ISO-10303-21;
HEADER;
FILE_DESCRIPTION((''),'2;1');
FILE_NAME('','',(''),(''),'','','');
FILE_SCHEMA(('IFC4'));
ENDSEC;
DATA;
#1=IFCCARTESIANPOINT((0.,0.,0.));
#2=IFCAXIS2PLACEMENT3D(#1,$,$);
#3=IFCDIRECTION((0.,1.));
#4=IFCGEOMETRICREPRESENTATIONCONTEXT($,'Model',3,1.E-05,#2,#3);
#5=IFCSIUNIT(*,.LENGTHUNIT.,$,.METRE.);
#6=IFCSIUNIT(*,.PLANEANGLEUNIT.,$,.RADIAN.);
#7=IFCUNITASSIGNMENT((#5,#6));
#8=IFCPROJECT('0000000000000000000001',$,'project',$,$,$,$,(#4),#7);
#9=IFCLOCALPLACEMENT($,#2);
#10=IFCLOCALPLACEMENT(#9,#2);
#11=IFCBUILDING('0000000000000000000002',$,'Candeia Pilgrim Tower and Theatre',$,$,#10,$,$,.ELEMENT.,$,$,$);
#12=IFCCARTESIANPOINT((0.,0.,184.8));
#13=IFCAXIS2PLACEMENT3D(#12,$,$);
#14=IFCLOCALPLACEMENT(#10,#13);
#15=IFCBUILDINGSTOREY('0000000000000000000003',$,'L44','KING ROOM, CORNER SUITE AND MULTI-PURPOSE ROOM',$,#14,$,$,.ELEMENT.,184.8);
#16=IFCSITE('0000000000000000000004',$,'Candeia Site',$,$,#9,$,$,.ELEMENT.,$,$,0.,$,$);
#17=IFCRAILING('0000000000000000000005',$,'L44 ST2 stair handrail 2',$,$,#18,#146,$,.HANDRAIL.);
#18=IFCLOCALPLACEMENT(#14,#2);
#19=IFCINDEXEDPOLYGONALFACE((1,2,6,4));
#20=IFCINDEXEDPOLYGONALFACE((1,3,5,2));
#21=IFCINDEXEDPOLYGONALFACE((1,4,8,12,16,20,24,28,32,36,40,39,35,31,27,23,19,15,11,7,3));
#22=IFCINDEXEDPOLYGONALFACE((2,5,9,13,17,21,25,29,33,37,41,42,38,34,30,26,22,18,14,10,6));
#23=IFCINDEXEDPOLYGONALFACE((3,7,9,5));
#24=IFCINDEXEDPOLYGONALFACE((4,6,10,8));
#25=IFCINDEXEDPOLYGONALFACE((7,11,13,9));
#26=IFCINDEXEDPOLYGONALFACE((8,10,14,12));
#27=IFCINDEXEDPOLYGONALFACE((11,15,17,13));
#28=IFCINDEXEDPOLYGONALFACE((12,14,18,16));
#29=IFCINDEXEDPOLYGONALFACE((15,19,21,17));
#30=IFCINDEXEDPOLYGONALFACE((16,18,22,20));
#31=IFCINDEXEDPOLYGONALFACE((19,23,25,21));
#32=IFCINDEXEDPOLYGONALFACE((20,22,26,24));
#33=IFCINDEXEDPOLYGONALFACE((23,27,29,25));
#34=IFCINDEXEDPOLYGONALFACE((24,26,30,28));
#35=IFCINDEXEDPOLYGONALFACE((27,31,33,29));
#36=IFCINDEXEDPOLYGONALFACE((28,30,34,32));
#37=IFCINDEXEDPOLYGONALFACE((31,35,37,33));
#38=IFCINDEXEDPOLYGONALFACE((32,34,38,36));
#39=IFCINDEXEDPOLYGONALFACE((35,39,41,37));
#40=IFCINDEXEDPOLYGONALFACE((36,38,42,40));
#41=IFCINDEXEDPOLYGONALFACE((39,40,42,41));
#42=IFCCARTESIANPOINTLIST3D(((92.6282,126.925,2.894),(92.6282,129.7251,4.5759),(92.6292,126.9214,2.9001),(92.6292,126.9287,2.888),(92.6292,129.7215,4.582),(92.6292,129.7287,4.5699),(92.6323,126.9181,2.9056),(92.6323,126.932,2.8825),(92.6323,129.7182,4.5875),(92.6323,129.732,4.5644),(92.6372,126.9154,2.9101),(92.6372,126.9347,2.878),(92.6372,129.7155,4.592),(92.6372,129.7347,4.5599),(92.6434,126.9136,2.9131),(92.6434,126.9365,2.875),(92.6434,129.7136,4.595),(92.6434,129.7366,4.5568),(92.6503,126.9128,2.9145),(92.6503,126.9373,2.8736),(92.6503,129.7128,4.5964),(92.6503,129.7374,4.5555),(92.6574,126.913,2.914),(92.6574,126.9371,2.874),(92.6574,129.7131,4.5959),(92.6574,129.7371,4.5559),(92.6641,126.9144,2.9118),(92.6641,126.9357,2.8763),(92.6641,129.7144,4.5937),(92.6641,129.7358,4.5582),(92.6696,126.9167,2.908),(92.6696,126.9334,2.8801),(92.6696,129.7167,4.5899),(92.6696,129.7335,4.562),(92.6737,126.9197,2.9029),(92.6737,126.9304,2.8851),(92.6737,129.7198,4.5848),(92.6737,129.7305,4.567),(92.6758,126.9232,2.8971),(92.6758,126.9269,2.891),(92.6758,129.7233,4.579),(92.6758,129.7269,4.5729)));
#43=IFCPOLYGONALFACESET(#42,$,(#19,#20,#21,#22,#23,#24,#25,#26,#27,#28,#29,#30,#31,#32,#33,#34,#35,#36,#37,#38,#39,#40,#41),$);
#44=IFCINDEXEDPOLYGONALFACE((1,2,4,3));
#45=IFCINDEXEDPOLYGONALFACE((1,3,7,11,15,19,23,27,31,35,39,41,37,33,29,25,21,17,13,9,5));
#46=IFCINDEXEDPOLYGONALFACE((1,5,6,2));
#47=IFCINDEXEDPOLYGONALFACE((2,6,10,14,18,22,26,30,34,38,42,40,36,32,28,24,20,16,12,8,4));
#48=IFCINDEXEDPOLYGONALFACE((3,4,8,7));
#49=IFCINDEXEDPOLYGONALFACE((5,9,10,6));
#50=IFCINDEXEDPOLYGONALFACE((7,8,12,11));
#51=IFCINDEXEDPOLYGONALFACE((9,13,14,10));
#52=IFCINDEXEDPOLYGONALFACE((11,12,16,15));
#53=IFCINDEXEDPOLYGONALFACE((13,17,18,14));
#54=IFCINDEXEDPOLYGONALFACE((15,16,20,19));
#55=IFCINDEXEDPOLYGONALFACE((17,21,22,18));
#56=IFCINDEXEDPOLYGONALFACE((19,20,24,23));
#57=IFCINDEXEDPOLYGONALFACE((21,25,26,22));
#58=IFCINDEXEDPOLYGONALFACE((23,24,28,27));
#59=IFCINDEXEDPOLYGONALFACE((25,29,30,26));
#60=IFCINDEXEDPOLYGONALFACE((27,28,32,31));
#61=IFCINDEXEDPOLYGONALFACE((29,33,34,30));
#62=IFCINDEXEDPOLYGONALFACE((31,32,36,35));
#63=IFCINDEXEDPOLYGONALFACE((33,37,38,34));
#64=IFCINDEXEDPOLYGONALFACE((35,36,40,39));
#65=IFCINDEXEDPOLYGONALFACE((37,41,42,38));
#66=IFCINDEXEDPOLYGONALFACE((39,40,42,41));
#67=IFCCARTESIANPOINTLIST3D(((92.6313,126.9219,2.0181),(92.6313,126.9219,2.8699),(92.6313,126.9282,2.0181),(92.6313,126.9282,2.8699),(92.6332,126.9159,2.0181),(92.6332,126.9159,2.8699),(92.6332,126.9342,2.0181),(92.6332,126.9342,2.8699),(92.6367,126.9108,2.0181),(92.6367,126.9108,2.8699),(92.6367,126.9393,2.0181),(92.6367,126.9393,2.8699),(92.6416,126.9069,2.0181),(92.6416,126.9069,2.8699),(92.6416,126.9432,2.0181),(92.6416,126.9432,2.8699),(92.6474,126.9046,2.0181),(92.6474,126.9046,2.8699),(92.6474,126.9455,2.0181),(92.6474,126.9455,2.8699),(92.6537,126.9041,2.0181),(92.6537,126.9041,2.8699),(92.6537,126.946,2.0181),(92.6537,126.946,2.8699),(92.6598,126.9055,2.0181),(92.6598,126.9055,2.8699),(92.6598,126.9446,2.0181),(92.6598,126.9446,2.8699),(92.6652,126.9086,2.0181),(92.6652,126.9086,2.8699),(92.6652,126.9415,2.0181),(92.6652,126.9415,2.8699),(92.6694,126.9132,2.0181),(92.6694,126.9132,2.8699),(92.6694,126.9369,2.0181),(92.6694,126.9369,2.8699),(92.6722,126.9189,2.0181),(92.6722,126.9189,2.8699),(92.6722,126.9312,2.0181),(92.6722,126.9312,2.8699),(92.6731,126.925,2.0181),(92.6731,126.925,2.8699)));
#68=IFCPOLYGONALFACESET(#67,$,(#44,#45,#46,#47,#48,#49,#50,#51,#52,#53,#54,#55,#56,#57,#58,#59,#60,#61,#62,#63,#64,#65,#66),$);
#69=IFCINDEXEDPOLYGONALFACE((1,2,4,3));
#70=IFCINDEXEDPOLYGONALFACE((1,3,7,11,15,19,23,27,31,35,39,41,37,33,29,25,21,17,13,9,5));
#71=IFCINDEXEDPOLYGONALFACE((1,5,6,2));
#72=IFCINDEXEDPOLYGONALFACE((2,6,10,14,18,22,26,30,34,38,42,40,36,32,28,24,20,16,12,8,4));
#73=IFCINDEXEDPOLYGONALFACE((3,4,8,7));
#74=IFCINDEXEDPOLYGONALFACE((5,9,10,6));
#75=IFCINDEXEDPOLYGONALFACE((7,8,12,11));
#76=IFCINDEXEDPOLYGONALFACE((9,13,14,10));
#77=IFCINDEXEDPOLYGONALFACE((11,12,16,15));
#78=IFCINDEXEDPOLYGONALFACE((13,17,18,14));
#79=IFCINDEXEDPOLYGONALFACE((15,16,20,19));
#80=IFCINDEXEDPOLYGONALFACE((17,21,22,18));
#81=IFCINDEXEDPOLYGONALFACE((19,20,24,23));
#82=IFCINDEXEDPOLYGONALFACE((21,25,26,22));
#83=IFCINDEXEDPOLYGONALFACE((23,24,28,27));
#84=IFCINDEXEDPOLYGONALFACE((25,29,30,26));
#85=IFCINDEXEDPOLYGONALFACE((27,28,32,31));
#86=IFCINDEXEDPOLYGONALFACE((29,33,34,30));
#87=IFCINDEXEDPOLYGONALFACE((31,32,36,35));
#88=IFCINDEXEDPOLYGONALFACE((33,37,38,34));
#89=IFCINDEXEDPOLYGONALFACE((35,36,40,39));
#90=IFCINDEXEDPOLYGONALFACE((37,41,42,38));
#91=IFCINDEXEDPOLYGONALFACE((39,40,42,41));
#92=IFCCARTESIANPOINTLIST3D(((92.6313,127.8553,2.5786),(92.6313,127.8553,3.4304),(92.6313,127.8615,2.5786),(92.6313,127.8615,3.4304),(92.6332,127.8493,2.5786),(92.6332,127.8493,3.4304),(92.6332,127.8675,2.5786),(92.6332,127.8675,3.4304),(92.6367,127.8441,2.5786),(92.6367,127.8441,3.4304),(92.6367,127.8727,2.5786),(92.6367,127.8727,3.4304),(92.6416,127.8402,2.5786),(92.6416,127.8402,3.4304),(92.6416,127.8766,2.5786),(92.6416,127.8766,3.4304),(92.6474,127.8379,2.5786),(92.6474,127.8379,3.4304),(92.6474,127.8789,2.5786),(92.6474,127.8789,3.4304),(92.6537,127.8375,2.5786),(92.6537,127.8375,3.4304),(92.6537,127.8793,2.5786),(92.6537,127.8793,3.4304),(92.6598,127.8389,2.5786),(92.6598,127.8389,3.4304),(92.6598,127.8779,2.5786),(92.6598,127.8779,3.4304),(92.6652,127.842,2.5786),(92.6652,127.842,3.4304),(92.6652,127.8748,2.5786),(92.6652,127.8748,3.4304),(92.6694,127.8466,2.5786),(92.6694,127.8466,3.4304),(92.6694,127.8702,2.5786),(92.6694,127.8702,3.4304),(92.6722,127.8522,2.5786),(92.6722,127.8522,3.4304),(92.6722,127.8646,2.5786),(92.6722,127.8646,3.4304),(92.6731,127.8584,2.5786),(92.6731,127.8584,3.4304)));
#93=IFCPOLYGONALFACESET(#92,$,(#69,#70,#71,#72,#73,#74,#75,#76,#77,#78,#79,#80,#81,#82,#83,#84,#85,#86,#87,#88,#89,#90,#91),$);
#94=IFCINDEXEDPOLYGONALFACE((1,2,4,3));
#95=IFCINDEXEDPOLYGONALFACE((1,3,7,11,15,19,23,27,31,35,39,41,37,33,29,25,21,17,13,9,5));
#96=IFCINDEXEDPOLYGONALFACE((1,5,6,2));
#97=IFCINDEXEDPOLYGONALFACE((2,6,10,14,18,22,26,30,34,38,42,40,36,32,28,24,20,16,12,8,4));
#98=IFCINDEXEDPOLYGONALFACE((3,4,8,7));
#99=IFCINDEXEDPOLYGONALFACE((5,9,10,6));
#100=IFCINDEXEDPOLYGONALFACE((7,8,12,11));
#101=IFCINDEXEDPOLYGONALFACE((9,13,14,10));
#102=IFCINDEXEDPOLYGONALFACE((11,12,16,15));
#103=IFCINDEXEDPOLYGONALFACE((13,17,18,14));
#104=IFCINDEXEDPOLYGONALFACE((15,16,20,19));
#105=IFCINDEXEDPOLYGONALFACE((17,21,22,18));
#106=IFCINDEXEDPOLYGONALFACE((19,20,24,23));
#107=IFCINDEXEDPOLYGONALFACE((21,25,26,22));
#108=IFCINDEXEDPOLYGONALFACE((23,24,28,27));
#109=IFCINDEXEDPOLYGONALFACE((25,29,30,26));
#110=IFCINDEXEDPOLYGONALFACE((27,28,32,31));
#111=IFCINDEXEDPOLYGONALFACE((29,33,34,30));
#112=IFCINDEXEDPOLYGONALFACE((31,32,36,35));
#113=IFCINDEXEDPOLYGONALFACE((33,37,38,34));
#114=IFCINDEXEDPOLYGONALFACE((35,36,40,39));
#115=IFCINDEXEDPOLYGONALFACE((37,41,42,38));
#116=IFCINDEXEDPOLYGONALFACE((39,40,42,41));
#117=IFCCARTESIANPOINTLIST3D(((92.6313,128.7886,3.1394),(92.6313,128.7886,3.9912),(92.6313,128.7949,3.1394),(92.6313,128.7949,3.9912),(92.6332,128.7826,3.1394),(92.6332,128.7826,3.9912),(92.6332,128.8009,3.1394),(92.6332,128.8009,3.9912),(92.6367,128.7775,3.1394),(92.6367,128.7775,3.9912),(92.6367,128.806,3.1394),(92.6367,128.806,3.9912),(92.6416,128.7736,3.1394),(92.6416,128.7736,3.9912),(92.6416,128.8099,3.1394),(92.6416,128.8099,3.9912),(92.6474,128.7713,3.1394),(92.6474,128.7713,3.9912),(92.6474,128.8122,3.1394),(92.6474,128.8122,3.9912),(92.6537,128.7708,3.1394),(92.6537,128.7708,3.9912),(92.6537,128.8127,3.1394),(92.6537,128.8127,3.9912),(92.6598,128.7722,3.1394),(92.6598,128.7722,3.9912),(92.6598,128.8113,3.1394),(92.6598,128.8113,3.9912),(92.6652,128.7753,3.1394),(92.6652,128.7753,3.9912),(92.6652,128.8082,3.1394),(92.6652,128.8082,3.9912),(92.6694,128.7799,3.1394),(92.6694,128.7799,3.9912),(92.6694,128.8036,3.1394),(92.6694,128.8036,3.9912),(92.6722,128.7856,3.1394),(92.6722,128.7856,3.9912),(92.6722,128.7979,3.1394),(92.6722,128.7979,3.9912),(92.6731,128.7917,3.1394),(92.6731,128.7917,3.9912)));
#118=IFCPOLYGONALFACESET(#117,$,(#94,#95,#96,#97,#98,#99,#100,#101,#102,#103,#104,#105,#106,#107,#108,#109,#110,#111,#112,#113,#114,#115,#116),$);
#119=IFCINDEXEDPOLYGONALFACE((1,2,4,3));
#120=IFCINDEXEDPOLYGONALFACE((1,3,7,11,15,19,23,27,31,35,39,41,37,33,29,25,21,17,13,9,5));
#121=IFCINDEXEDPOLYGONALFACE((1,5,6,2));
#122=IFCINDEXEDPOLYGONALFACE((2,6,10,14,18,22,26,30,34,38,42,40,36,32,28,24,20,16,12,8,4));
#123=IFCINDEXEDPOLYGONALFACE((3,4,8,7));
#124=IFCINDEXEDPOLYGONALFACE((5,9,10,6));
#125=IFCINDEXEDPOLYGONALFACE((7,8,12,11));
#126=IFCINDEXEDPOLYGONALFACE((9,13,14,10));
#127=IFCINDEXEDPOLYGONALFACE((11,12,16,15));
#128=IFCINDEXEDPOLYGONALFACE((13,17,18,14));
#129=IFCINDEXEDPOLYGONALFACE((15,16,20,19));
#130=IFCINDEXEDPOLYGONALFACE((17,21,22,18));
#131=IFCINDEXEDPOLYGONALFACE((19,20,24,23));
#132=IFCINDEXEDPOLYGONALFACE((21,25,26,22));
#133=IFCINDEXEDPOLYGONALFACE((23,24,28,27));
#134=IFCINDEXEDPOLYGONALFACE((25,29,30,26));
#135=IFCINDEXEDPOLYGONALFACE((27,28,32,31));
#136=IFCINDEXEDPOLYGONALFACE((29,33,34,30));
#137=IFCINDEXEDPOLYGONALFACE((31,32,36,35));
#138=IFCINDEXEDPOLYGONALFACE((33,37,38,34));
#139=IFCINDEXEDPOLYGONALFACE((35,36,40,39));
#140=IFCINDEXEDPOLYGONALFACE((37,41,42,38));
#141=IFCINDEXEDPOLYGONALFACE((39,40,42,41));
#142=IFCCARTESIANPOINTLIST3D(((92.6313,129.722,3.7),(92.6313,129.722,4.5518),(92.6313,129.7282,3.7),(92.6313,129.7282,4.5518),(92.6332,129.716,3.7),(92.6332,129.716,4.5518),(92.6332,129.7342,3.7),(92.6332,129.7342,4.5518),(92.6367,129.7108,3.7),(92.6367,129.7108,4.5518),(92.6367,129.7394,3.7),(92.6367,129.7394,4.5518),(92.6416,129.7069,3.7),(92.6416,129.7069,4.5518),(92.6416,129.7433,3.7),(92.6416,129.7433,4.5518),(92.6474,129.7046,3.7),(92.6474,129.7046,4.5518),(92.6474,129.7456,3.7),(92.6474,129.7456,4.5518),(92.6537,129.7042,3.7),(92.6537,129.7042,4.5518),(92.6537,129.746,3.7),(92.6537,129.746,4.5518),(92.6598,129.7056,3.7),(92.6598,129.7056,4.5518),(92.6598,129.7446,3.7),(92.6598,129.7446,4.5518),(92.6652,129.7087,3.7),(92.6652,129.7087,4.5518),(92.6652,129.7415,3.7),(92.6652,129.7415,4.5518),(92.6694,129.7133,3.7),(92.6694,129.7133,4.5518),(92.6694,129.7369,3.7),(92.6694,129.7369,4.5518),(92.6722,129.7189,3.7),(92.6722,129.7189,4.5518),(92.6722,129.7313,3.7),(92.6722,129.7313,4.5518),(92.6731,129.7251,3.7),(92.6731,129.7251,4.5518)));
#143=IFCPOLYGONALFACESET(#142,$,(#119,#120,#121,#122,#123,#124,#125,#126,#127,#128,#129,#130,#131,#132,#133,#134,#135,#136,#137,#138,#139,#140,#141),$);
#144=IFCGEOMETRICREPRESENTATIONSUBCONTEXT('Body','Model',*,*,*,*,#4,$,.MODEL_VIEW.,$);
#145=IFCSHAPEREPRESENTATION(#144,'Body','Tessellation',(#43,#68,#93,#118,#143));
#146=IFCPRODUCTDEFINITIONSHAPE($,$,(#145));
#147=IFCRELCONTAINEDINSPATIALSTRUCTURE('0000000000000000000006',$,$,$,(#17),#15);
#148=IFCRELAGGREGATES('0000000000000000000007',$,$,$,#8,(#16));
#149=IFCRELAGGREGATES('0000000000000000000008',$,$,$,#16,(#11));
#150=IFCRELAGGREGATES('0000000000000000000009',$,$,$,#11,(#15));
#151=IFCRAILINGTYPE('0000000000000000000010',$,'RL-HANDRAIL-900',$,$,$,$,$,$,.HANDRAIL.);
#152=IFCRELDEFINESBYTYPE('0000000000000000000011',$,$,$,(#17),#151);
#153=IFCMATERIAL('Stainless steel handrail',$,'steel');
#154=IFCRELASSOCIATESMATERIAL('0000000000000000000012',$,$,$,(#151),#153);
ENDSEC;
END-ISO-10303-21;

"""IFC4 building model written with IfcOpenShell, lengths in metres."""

from ifc_helpers import new_model, si_unit, direction, frame, origin, origin_2d, place, context, subcontext, project, spatial, circle, extrude, material, type_object, element, save


model = new_model("IFC4")

# Units and contexts
model_context = context("Model", 3, precision=1e-05, world=origin(), true_north=direction((0.0, 1.0)))
body_context = subcontext(model_context, "Body", "Model", "MODEL_VIEW")
ifc_project = project(units=[si_unit("LENGTHUNIT", "METRE"), si_unit("PLANEANGLEUNIT", "RADIAN")], contexts=[model_context])

# Site, building, storey
site_placement = place(None, origin())
site = spatial("IfcSite", under=ifc_project, at=site_placement, Name="Candeia Site", CompositionType="ELEMENT", RefElevation=0.0)
building_placement = place(site_placement, origin())
building = spatial("IfcBuilding", under=site, at=building_placement, Name="Candeia Pilgrim Tower and Theatre", CompositionType="ELEMENT")
storey_placement = place(building_placement, frame((0.0, 0.0, 184.8)))
storey = spatial("IfcBuildingStorey", under=building, at=storey_placement, Name="L44", Description="KING ROOM, CORNER SUITE AND MULTI-PURPOSE ROOM", CompositionType="ELEMENT", Elevation=184.8)

# Railing
ifc_material_1 = material(Name="Stainless steel handrail", Category="steel")
railing_type = type_object("IfcRailingType", Name="RL-HANDRAIL-900", PredefinedType="HANDRAIL", material=ifc_material_1)
railing_placement = place(storey_placement, frame((92.6521, 126.925, 2.0181)))
element("IfcRailing", 1, at=railing_placement, inside=storey, type_object=railing_type, Name="L44 ST2 stair handrail 2", PredefinedType="HANDRAIL", context=body_context, shape_type="SweptSolid", body=[
    extrude(circle(Radius=0.0239, at=origin_2d()), frame((0.0, 0.0, 0.876), z_axis=(0.0, 0.857242, 0.514913), x_axis=(-1.0, 0.0, 0.0)), (0.0, 0.0, 1.0), 3.2664),
    extrude(circle(Radius=0.021, at=origin_2d()), origin(), (0.0, 0.0, 1.0), 0.8518),
    extrude(circle(Radius=0.021, at=origin_2d()), frame((0.0, 0.9333, 0.5605)), (0.0, 0.0, 1.0), 0.8518),
    extrude(circle(Radius=0.021, at=origin_2d()), frame((0.0, 1.8667, 1.1213)), (0.0, 0.0, 1.0), 0.8518),
    extrude(circle(Radius=0.021, at=origin_2d()), frame((0.0, 2.8, 1.6819)), (0.0, 0.0, 1.0), 0.8518),
])

save(model, "model.ifc")
